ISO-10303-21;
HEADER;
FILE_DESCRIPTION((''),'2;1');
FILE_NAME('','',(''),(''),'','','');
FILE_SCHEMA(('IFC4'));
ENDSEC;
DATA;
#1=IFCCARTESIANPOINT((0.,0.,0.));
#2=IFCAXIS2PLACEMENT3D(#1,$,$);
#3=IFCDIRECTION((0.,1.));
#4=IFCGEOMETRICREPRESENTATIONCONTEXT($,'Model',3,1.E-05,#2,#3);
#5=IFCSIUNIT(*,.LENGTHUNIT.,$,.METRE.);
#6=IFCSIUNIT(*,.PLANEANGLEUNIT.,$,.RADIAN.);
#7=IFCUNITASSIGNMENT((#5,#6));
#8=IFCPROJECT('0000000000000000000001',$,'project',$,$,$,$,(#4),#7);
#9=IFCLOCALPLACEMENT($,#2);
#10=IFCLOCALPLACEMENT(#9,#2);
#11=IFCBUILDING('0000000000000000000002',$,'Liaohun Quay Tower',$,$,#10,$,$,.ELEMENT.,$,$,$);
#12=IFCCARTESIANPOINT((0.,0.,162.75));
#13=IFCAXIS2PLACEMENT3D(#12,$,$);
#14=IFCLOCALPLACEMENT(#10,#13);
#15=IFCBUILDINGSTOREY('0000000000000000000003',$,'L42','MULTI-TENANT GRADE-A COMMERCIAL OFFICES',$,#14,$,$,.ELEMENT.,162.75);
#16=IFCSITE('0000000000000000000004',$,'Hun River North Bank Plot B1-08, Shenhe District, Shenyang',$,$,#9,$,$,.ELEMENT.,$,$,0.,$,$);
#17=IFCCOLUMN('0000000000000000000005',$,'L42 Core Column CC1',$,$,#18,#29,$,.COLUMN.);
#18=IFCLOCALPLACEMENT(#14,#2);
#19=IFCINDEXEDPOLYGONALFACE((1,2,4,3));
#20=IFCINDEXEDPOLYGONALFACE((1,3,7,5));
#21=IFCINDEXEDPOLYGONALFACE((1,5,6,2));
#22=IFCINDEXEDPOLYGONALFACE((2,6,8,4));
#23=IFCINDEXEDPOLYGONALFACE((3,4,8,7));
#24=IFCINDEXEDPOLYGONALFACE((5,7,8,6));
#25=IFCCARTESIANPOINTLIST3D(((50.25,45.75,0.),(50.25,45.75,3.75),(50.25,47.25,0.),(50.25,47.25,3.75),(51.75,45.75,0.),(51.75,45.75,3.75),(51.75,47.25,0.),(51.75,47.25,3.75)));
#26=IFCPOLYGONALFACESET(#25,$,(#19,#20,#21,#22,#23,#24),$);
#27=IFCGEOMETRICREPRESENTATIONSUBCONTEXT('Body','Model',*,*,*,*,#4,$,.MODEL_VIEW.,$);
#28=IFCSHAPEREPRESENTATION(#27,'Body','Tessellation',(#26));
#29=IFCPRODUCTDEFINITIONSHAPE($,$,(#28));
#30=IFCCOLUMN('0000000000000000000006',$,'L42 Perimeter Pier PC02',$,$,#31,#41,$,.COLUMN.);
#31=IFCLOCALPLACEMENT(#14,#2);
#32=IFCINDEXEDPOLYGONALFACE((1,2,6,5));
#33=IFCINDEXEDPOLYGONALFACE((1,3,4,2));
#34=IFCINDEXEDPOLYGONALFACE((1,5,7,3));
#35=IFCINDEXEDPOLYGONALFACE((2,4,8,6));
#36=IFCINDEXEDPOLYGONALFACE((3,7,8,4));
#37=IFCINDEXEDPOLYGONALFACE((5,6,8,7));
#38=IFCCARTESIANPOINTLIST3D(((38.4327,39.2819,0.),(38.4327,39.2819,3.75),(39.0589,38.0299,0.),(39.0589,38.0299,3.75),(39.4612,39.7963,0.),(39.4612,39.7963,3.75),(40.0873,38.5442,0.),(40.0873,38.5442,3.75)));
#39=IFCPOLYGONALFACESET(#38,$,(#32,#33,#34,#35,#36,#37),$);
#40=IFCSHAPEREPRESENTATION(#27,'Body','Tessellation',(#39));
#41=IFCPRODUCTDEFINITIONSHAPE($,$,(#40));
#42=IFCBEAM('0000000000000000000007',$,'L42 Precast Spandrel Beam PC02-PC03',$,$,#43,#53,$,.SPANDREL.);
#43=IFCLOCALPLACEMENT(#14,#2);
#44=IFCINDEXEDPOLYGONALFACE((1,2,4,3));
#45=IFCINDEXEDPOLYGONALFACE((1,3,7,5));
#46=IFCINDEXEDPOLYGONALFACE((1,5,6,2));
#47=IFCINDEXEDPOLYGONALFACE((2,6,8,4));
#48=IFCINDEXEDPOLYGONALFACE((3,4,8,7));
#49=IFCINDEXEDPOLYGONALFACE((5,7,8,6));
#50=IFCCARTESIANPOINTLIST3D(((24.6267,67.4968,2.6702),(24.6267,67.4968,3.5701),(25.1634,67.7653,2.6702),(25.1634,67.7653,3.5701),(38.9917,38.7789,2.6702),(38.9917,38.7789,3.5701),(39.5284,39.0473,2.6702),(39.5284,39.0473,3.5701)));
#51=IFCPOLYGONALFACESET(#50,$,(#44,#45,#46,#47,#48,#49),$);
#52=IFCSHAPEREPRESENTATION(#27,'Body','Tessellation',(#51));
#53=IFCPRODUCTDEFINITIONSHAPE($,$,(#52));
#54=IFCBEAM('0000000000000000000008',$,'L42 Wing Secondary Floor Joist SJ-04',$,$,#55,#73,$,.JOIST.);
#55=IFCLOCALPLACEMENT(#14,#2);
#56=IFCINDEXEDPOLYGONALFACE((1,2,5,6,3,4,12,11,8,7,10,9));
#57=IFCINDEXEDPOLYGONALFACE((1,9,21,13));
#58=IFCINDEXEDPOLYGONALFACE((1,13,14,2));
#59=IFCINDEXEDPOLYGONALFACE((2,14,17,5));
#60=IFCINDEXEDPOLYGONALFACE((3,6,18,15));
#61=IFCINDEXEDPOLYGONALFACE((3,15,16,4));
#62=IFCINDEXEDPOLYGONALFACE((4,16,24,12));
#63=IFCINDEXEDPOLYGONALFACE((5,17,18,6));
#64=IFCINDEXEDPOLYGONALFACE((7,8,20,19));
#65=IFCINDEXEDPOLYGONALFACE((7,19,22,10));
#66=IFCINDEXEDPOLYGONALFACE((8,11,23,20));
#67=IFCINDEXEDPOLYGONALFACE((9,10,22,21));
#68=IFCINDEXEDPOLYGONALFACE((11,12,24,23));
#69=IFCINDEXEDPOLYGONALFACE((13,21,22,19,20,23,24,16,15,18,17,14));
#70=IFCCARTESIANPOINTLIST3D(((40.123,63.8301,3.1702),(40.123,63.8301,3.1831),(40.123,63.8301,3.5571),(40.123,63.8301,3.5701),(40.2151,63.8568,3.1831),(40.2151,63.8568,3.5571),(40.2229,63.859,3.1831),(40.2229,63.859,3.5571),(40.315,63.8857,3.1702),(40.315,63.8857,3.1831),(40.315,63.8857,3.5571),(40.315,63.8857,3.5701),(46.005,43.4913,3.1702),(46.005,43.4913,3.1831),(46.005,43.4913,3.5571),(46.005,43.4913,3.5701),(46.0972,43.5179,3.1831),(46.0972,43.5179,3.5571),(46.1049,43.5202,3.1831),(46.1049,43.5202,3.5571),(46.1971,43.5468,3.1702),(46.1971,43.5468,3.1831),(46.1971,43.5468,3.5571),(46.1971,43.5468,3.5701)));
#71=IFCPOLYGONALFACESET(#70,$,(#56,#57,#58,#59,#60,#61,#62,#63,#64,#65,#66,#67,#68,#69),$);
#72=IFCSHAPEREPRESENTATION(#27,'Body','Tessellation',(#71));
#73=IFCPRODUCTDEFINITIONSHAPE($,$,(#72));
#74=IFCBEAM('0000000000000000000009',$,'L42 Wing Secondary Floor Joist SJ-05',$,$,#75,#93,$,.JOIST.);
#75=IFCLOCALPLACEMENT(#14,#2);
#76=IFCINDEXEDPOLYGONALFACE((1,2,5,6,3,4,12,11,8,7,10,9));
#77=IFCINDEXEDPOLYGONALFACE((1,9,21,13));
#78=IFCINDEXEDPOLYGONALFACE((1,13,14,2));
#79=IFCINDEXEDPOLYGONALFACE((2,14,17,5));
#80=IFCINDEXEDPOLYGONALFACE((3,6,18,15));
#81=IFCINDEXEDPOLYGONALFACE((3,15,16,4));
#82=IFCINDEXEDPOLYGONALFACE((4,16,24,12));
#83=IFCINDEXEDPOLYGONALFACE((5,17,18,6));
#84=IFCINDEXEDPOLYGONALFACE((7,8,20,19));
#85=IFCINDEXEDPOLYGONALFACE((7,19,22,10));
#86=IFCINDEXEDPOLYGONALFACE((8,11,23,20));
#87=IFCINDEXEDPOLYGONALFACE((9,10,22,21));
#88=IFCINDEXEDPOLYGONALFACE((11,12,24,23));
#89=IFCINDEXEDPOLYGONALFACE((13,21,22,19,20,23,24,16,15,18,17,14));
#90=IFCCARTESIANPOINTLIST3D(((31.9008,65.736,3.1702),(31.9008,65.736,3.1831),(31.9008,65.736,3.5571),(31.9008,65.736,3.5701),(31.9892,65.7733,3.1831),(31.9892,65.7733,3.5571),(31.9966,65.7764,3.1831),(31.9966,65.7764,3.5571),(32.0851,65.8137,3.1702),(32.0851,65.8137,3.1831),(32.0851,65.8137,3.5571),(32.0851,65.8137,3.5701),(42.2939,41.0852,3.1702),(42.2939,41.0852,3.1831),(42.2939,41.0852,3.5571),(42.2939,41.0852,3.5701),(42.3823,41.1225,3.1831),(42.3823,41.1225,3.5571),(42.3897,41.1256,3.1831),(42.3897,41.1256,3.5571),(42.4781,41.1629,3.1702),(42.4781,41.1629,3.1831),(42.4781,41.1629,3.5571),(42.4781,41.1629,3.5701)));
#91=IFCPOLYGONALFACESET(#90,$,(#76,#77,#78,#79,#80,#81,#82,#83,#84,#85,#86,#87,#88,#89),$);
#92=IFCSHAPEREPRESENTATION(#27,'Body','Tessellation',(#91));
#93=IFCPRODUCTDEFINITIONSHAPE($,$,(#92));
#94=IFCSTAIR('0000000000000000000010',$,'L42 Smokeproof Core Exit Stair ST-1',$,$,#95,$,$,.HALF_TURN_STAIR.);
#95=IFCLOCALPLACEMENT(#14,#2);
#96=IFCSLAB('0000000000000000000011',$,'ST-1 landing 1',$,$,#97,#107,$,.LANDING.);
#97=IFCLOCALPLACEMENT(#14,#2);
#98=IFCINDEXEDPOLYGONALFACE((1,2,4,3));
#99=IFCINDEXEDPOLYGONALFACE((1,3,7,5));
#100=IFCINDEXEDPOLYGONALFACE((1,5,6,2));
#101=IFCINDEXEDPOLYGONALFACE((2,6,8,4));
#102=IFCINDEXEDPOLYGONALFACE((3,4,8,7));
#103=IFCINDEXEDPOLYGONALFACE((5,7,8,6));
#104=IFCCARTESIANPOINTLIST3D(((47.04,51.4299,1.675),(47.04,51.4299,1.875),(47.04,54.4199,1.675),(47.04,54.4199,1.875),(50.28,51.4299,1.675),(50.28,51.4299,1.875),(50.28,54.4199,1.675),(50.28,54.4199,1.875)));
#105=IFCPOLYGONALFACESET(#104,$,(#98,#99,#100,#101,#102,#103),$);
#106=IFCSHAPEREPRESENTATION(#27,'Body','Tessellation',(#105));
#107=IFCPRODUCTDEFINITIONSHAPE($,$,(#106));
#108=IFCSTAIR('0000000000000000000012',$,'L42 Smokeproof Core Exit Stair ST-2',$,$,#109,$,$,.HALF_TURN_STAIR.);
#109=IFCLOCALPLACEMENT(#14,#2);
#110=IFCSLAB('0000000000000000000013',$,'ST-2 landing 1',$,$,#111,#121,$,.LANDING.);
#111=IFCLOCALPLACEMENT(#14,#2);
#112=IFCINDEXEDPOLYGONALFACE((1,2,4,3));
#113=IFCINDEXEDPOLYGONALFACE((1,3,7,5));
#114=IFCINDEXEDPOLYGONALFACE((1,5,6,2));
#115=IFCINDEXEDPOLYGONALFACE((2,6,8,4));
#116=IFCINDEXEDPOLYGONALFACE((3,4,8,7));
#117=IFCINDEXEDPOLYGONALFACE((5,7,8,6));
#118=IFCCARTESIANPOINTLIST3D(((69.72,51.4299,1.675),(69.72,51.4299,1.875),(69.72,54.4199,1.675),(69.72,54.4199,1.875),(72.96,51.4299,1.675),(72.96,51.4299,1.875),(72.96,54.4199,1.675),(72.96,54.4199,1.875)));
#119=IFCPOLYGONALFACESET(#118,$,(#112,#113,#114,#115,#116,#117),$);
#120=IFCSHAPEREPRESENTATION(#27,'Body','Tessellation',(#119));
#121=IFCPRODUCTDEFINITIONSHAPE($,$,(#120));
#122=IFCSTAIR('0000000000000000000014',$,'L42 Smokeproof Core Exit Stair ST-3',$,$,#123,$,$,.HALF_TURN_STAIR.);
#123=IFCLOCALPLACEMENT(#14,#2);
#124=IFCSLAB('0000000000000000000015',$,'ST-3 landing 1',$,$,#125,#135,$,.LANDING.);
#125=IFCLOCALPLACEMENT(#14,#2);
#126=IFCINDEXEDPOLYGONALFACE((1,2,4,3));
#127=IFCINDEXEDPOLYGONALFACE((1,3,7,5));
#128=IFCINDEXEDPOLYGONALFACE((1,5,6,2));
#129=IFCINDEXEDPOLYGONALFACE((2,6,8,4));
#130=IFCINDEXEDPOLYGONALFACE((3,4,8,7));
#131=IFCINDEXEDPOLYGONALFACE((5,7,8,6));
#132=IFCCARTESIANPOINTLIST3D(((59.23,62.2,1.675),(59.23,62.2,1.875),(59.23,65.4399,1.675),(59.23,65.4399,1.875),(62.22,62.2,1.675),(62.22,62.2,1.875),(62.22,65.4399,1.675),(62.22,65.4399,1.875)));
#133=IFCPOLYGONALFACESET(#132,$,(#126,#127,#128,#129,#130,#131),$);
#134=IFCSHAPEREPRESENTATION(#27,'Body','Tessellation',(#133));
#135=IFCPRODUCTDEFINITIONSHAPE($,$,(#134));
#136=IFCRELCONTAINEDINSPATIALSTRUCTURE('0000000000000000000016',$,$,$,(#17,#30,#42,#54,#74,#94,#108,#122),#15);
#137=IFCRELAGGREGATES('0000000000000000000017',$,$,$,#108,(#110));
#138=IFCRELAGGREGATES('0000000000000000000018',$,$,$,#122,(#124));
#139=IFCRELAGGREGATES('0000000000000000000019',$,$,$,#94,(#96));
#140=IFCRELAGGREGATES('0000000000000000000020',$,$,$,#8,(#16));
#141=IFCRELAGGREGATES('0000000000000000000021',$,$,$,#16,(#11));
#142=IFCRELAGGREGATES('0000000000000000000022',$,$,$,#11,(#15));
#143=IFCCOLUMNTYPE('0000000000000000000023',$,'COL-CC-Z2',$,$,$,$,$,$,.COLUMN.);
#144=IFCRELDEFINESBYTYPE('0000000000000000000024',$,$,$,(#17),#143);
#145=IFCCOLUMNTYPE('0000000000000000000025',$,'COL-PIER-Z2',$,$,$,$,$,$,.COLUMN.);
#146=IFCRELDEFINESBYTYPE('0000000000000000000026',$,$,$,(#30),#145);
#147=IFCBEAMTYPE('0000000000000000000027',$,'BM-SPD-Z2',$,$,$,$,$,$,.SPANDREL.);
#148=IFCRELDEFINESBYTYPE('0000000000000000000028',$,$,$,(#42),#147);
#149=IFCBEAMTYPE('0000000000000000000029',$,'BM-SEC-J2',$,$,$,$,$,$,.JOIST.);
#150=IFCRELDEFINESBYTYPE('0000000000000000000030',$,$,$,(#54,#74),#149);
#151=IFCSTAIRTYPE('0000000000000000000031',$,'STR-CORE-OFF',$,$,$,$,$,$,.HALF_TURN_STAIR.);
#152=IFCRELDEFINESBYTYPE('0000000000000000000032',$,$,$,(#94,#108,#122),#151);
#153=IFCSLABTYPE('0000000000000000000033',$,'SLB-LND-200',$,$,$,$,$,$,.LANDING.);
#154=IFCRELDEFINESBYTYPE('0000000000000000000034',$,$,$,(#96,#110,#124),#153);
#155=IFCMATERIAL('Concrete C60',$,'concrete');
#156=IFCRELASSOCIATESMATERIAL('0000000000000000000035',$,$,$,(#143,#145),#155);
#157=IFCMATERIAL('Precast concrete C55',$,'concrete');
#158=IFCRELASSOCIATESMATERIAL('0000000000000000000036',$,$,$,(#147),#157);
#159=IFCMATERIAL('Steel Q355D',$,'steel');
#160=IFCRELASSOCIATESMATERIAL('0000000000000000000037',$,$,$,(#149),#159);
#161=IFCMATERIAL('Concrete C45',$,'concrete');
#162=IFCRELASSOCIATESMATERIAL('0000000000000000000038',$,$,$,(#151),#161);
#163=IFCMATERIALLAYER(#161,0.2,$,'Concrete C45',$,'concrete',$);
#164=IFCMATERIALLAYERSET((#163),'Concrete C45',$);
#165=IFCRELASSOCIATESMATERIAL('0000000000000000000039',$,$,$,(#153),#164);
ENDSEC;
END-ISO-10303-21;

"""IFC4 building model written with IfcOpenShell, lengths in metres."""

from ifc_helpers import new_model, si_unit, direction, frame, origin, origin_2d, place, context, subcontext, project, spatial, polyline, rectangle, i_section, outline, extrude, source, transform, mapped, material, layer, layer_set, material_profile, profile_set, type_object, element, aggregate, save


model = new_model("IFC4")

# Units and contexts
model_context = context("Model", 3, precision=1e-05, world=origin(), true_north=direction((0.0, 1.0)))
body_context = subcontext(model_context, "Body", "Model", "MODEL_VIEW")
ifc_project = project(units=[si_unit("LENGTHUNIT", "METRE"), si_unit("PLANEANGLEUNIT", "RADIAN")], contexts=[model_context])

# Site, building, storey
site_placement = place(None, origin())
site = spatial("IfcSite", under=ifc_project, at=site_placement, Name="Hun River North Bank Plot B1-08, Shenhe District, Shenyang", CompositionType="ELEMENT", RefElevation=0.0)
building_placement = place(site_placement, origin())
building = spatial("IfcBuilding", under=site, at=building_placement, Name="Liaohun Quay Tower", CompositionType="ELEMENT")
storey_placement = place(building_placement, frame((0.0, 0.0, 162.75)))
storey = spatial("IfcBuildingStorey", under=building, at=storey_placement, Name="L42", Description="MULTI-TENANT GRADE-A COMMERCIAL OFFICES", CompositionType="ELEMENT", Elevation=162.75)

# Columns
ifc_material_1 = material(Name="Concrete C60", Category="concrete")
ifc_material_profile_1 = material_profile(ifc_material_1, rectangle(XDim=1.5, YDim=1.5, at=origin_2d()), Name="RC1500x1500")
ifc_profile_set_1 = profile_set([ifc_material_profile_1], Name="Concrete C60")
column_type_1 = type_object("IfcColumnType", Name="COL-CC-Z2", PredefinedType="COLUMN", material=ifc_profile_set_1)
shared_shape_1 = source(origin(), body_context, "Body", "SweptSolid", [
    extrude(rectangle(XDim=1.5, YDim=1.5, at=origin_2d()), origin(), (0.0, 0.0, 1.0), 3.75),
])
column_1_placement = place(storey_placement, frame((51.0, 46.5, 0.0), z_axis=(0.0, 0.0, 1.0), x_axis=(1.0, 0.0, 0.0)))
element("IfcColumn", 1, at=column_1_placement, inside=storey, type_object=column_type_1, Name="L42 Core Column CC1", PredefinedType="COLUMN", context=body_context, shape_type="MappedRepresentation", body=[
    mapped(shared_shape_1, transform((0.0, 0.0, 0.0), x_axis=(1.0, 0.0, 0.0), y_axis=(0.0, 1.0, 0.0), z_axis=(0.0, 0.0, 1.0), scale=1.0)),
])
ifc_material_profile_2 = material_profile(ifc_material_1, rectangle(XDim=1.3999, YDim=1.1499, at=origin_2d()), Name="RC1400x1150")
ifc_profile_set_2 = profile_set([ifc_material_profile_2], Name="Concrete C60")
column_type_2 = type_object("IfcColumnType", Name="COL-PIER-Z2", PredefinedType="COLUMN", material=ifc_profile_set_2)
shared_shape_2 = source(origin(), body_context, "Body", "SweptSolid", [
    extrude(rectangle(XDim=1.3999, YDim=1.1499, at=origin_2d()), origin(), (0.0, 0.0, 1.0), 3.75),
])
column_2_placement = place(storey_placement, frame((39.26, 38.9131, 0.0), z_axis=(0.0, 0.0, 1.0), x_axis=(-0.447291, 0.894389, 0.0)))
element("IfcColumn", 2, at=column_2_placement, inside=storey, type_object=column_type_2, Name="L42 Perimeter Pier PC02", PredefinedType="COLUMN", context=body_context, shape_type="MappedRepresentation", body=[
    mapped(shared_shape_2, transform((0.0, 0.0, 0.0), x_axis=(1.0, 0.0, 0.0), y_axis=(0.0, 1.0, 0.0), z_axis=(0.0, 0.0, 1.0), scale=1.0)),
])

# Beams
ifc_material_2 = material(Name="Precast concrete C55", Category="concrete")
ifc_material_profile_3 = material_profile(ifc_material_2, rectangle(XDim=0.6001, YDim=0.8999, at=origin_2d()), Name="RC600x900")
ifc_profile_set_3 = profile_set([ifc_material_profile_3], Name="Precast concrete C55")
beam_type_1 = type_object("IfcBeamType", Name="BM-SPD-Z2", PredefinedType="SPANDREL", material=ifc_profile_set_3)
shared_shape_3 = source(origin(), body_context, "Body", "SweptSolid", [
    extrude(rectangle(XDim=0.6001, YDim=0.8999, at=origin_2d()), origin(), (0.0, 0.0, 1.0), 32.1104),
])
beam_1_placement = place(storey_placement, frame((39.26, 38.9131, 3.1201), z_axis=(-0.447363, 0.894353, 0.0), x_axis=(-0.894353, -0.447363, 0.0)))
element("IfcBeam", 3, at=beam_1_placement, inside=storey, type_object=beam_type_1, Name="L42 Precast Spandrel Beam PC02-PC03", PredefinedType="SPANDREL", context=body_context, shape_type="MappedRepresentation", body=[
    mapped(shared_shape_3, transform((0.0, 0.0, 0.0), x_axis=(1.0, 0.0, 0.0), y_axis=(0.0, 1.0, 0.0), z_axis=(0.0, 0.0, 1.0), scale=1.0)),
])
ifc_material_3 = material(Name="Steel Q355D", Category="steel")
ifc_material_profile_4 = material_profile(ifc_material_3, i_section(OverallWidth=0.2, OverallDepth=0.3999, WebThickness=0.0081, FlangeThickness=0.0129, at=origin_2d()), Name="HN400x200x8x13")
ifc_profile_set_4 = profile_set([ifc_material_profile_4], Name="Steel Q355D")
beam_type_2 = type_object("IfcBeamType", Name="BM-SEC-J2", PredefinedType="JOIST", material=ifc_profile_set_4)
shared_shape_4 = source(origin(), body_context, "Body", "SweptSolid", [
    extrude(i_section(OverallWidth=0.2, OverallDepth=0.3999, WebThickness=0.0081, FlangeThickness=0.0129, at=origin_2d()), origin(), (0.0, 0.0, 1.0), 21.1724),
])
beam_2_placement = place(storey_placement, frame((46.1011, 43.519, 3.3701), z_axis=(-0.277819, 0.960633, 0.0), x_axis=(-0.960633, -0.277819, 0.0)))
element("IfcBeam", 4, at=beam_2_placement, inside=storey, type_object=beam_type_2, Name="L42 Wing Secondary Floor Joist SJ-04", PredefinedType="JOIST", context=body_context, shape_type="MappedRepresentation", body=[
    mapped(shared_shape_4, transform((0.0, 0.0, 0.0), x_axis=(1.0, 0.0, 0.0), y_axis=(0.0, 1.0, 0.0), z_axis=(0.0, 0.0, 1.0), scale=1.0)),
])
shared_shape_5 = source(origin(), body_context, "Body", "SweptSolid", [
    extrude(i_section(OverallWidth=0.2, OverallDepth=0.3999, WebThickness=0.0081, FlangeThickness=0.0129, at=origin_2d()), origin(), (0.0, 0.0, 1.0), 26.7522),
])
beam_3_placement = place(storey_placement, frame((42.386, 41.124, 3.3701), z_axis=(-0.388494, 0.921451, 0.0), x_axis=(-0.921451, -0.388494, 0.0)))
element("IfcBeam", 5, at=beam_3_placement, inside=storey, type_object=beam_type_2, Name="L42 Wing Secondary Floor Joist SJ-05", PredefinedType="JOIST", context=body_context, shape_type="MappedRepresentation", body=[
    mapped(shared_shape_5, transform((0.0, 0.0, 0.0), x_axis=(1.0, 0.0, 0.0), y_axis=(0.0, 1.0, 0.0), z_axis=(0.0, 0.0, 1.0), scale=1.0)),
])

# Stairs, slabs
ifc_material_4 = material(Name="Concrete C45", Category="concrete")
stair_type = type_object("IfcStairType", Name="STR-CORE-OFF", PredefinedType="HALF_TURN_STAIR", material=ifc_material_4)
stair_1_placement = place(storey_placement, origin())
stair_1 = element("IfcStair", 6, at=stair_1_placement, inside=storey, type_object=stair_type, Name="L42 Smokeproof Core Exit Stair ST-1", PredefinedType="HALF_TURN_STAIR")
ifc_layer_1 = layer(ifc_material_4, 0.2, Name="Concrete C45", Category="concrete")
ifc_layer_set_1 = layer_set([ifc_layer_1], Name="Concrete C45")
slab_type_1 = type_object("IfcSlabType", Name="SLB-LND-200", PredefinedType="LANDING", material=ifc_layer_set_1)
slab_1_placement = place(storey_placement, frame((0.0, 0.0, 1.675)))
slab_1 = element("IfcSlab", 7, at=slab_1_placement, type_object=slab_type_1, Name="ST-1 landing 1", PredefinedType="LANDING", context=body_context, shape_type="SweptSolid", body=[
    extrude(outline(polyline([(50.28, 51.4299), (50.28, 54.4199), (47.04, 54.4199), (47.04, 51.4299), (50.28, 51.4299)])), origin(), (0.0, 0.0, 1.0), 0.2),
])
stair_2_placement = place(storey_placement, origin())
stair_2 = element("IfcStair", 8, at=stair_2_placement, inside=storey, type_object=stair_type, Name="L42 Smokeproof Core Exit Stair ST-2", PredefinedType="HALF_TURN_STAIR")
slab_2_placement = place(storey_placement, frame((0.0, 0.0, 1.675)))
slab_2 = element("IfcSlab", 9, at=slab_2_placement, type_object=slab_type_1, Name="ST-2 landing 1", PredefinedType="LANDING", context=body_context, shape_type="SweptSolid", body=[
    extrude(outline(polyline([(72.96, 51.4299), (72.96, 54.4199), (69.72, 54.4199), (69.72, 51.4299), (72.96, 51.4299)])), origin(), (0.0, 0.0, 1.0), 0.2),
])
aggregate(stair_2, [slab_2])
stair_3_placement = place(storey_placement, origin())
stair_3 = element("IfcStair", 10, at=stair_3_placement, inside=storey, type_object=stair_type, Name="L42 Smokeproof Core Exit Stair ST-3", PredefinedType="HALF_TURN_STAIR")
slab_3_placement = place(storey_placement, frame((0.0, 0.0, 1.675)))
slab_3 = element("IfcSlab", 11, at=slab_3_placement, type_object=slab_type_1, Name="ST-3 landing 1", PredefinedType="LANDING", context=body_context, shape_type="SweptSolid", body=[
    extrude(outline(polyline([(59.23, 62.2), (62.22, 62.2), (62.22, 65.4399), (59.23, 65.4399), (59.23, 62.2)])), origin(), (0.0, 0.0, 1.0), 0.2),
])
aggregate(stair_3, [slab_3])

aggregate(stair_1, [slab_1])

save(model, "model.ifc")
